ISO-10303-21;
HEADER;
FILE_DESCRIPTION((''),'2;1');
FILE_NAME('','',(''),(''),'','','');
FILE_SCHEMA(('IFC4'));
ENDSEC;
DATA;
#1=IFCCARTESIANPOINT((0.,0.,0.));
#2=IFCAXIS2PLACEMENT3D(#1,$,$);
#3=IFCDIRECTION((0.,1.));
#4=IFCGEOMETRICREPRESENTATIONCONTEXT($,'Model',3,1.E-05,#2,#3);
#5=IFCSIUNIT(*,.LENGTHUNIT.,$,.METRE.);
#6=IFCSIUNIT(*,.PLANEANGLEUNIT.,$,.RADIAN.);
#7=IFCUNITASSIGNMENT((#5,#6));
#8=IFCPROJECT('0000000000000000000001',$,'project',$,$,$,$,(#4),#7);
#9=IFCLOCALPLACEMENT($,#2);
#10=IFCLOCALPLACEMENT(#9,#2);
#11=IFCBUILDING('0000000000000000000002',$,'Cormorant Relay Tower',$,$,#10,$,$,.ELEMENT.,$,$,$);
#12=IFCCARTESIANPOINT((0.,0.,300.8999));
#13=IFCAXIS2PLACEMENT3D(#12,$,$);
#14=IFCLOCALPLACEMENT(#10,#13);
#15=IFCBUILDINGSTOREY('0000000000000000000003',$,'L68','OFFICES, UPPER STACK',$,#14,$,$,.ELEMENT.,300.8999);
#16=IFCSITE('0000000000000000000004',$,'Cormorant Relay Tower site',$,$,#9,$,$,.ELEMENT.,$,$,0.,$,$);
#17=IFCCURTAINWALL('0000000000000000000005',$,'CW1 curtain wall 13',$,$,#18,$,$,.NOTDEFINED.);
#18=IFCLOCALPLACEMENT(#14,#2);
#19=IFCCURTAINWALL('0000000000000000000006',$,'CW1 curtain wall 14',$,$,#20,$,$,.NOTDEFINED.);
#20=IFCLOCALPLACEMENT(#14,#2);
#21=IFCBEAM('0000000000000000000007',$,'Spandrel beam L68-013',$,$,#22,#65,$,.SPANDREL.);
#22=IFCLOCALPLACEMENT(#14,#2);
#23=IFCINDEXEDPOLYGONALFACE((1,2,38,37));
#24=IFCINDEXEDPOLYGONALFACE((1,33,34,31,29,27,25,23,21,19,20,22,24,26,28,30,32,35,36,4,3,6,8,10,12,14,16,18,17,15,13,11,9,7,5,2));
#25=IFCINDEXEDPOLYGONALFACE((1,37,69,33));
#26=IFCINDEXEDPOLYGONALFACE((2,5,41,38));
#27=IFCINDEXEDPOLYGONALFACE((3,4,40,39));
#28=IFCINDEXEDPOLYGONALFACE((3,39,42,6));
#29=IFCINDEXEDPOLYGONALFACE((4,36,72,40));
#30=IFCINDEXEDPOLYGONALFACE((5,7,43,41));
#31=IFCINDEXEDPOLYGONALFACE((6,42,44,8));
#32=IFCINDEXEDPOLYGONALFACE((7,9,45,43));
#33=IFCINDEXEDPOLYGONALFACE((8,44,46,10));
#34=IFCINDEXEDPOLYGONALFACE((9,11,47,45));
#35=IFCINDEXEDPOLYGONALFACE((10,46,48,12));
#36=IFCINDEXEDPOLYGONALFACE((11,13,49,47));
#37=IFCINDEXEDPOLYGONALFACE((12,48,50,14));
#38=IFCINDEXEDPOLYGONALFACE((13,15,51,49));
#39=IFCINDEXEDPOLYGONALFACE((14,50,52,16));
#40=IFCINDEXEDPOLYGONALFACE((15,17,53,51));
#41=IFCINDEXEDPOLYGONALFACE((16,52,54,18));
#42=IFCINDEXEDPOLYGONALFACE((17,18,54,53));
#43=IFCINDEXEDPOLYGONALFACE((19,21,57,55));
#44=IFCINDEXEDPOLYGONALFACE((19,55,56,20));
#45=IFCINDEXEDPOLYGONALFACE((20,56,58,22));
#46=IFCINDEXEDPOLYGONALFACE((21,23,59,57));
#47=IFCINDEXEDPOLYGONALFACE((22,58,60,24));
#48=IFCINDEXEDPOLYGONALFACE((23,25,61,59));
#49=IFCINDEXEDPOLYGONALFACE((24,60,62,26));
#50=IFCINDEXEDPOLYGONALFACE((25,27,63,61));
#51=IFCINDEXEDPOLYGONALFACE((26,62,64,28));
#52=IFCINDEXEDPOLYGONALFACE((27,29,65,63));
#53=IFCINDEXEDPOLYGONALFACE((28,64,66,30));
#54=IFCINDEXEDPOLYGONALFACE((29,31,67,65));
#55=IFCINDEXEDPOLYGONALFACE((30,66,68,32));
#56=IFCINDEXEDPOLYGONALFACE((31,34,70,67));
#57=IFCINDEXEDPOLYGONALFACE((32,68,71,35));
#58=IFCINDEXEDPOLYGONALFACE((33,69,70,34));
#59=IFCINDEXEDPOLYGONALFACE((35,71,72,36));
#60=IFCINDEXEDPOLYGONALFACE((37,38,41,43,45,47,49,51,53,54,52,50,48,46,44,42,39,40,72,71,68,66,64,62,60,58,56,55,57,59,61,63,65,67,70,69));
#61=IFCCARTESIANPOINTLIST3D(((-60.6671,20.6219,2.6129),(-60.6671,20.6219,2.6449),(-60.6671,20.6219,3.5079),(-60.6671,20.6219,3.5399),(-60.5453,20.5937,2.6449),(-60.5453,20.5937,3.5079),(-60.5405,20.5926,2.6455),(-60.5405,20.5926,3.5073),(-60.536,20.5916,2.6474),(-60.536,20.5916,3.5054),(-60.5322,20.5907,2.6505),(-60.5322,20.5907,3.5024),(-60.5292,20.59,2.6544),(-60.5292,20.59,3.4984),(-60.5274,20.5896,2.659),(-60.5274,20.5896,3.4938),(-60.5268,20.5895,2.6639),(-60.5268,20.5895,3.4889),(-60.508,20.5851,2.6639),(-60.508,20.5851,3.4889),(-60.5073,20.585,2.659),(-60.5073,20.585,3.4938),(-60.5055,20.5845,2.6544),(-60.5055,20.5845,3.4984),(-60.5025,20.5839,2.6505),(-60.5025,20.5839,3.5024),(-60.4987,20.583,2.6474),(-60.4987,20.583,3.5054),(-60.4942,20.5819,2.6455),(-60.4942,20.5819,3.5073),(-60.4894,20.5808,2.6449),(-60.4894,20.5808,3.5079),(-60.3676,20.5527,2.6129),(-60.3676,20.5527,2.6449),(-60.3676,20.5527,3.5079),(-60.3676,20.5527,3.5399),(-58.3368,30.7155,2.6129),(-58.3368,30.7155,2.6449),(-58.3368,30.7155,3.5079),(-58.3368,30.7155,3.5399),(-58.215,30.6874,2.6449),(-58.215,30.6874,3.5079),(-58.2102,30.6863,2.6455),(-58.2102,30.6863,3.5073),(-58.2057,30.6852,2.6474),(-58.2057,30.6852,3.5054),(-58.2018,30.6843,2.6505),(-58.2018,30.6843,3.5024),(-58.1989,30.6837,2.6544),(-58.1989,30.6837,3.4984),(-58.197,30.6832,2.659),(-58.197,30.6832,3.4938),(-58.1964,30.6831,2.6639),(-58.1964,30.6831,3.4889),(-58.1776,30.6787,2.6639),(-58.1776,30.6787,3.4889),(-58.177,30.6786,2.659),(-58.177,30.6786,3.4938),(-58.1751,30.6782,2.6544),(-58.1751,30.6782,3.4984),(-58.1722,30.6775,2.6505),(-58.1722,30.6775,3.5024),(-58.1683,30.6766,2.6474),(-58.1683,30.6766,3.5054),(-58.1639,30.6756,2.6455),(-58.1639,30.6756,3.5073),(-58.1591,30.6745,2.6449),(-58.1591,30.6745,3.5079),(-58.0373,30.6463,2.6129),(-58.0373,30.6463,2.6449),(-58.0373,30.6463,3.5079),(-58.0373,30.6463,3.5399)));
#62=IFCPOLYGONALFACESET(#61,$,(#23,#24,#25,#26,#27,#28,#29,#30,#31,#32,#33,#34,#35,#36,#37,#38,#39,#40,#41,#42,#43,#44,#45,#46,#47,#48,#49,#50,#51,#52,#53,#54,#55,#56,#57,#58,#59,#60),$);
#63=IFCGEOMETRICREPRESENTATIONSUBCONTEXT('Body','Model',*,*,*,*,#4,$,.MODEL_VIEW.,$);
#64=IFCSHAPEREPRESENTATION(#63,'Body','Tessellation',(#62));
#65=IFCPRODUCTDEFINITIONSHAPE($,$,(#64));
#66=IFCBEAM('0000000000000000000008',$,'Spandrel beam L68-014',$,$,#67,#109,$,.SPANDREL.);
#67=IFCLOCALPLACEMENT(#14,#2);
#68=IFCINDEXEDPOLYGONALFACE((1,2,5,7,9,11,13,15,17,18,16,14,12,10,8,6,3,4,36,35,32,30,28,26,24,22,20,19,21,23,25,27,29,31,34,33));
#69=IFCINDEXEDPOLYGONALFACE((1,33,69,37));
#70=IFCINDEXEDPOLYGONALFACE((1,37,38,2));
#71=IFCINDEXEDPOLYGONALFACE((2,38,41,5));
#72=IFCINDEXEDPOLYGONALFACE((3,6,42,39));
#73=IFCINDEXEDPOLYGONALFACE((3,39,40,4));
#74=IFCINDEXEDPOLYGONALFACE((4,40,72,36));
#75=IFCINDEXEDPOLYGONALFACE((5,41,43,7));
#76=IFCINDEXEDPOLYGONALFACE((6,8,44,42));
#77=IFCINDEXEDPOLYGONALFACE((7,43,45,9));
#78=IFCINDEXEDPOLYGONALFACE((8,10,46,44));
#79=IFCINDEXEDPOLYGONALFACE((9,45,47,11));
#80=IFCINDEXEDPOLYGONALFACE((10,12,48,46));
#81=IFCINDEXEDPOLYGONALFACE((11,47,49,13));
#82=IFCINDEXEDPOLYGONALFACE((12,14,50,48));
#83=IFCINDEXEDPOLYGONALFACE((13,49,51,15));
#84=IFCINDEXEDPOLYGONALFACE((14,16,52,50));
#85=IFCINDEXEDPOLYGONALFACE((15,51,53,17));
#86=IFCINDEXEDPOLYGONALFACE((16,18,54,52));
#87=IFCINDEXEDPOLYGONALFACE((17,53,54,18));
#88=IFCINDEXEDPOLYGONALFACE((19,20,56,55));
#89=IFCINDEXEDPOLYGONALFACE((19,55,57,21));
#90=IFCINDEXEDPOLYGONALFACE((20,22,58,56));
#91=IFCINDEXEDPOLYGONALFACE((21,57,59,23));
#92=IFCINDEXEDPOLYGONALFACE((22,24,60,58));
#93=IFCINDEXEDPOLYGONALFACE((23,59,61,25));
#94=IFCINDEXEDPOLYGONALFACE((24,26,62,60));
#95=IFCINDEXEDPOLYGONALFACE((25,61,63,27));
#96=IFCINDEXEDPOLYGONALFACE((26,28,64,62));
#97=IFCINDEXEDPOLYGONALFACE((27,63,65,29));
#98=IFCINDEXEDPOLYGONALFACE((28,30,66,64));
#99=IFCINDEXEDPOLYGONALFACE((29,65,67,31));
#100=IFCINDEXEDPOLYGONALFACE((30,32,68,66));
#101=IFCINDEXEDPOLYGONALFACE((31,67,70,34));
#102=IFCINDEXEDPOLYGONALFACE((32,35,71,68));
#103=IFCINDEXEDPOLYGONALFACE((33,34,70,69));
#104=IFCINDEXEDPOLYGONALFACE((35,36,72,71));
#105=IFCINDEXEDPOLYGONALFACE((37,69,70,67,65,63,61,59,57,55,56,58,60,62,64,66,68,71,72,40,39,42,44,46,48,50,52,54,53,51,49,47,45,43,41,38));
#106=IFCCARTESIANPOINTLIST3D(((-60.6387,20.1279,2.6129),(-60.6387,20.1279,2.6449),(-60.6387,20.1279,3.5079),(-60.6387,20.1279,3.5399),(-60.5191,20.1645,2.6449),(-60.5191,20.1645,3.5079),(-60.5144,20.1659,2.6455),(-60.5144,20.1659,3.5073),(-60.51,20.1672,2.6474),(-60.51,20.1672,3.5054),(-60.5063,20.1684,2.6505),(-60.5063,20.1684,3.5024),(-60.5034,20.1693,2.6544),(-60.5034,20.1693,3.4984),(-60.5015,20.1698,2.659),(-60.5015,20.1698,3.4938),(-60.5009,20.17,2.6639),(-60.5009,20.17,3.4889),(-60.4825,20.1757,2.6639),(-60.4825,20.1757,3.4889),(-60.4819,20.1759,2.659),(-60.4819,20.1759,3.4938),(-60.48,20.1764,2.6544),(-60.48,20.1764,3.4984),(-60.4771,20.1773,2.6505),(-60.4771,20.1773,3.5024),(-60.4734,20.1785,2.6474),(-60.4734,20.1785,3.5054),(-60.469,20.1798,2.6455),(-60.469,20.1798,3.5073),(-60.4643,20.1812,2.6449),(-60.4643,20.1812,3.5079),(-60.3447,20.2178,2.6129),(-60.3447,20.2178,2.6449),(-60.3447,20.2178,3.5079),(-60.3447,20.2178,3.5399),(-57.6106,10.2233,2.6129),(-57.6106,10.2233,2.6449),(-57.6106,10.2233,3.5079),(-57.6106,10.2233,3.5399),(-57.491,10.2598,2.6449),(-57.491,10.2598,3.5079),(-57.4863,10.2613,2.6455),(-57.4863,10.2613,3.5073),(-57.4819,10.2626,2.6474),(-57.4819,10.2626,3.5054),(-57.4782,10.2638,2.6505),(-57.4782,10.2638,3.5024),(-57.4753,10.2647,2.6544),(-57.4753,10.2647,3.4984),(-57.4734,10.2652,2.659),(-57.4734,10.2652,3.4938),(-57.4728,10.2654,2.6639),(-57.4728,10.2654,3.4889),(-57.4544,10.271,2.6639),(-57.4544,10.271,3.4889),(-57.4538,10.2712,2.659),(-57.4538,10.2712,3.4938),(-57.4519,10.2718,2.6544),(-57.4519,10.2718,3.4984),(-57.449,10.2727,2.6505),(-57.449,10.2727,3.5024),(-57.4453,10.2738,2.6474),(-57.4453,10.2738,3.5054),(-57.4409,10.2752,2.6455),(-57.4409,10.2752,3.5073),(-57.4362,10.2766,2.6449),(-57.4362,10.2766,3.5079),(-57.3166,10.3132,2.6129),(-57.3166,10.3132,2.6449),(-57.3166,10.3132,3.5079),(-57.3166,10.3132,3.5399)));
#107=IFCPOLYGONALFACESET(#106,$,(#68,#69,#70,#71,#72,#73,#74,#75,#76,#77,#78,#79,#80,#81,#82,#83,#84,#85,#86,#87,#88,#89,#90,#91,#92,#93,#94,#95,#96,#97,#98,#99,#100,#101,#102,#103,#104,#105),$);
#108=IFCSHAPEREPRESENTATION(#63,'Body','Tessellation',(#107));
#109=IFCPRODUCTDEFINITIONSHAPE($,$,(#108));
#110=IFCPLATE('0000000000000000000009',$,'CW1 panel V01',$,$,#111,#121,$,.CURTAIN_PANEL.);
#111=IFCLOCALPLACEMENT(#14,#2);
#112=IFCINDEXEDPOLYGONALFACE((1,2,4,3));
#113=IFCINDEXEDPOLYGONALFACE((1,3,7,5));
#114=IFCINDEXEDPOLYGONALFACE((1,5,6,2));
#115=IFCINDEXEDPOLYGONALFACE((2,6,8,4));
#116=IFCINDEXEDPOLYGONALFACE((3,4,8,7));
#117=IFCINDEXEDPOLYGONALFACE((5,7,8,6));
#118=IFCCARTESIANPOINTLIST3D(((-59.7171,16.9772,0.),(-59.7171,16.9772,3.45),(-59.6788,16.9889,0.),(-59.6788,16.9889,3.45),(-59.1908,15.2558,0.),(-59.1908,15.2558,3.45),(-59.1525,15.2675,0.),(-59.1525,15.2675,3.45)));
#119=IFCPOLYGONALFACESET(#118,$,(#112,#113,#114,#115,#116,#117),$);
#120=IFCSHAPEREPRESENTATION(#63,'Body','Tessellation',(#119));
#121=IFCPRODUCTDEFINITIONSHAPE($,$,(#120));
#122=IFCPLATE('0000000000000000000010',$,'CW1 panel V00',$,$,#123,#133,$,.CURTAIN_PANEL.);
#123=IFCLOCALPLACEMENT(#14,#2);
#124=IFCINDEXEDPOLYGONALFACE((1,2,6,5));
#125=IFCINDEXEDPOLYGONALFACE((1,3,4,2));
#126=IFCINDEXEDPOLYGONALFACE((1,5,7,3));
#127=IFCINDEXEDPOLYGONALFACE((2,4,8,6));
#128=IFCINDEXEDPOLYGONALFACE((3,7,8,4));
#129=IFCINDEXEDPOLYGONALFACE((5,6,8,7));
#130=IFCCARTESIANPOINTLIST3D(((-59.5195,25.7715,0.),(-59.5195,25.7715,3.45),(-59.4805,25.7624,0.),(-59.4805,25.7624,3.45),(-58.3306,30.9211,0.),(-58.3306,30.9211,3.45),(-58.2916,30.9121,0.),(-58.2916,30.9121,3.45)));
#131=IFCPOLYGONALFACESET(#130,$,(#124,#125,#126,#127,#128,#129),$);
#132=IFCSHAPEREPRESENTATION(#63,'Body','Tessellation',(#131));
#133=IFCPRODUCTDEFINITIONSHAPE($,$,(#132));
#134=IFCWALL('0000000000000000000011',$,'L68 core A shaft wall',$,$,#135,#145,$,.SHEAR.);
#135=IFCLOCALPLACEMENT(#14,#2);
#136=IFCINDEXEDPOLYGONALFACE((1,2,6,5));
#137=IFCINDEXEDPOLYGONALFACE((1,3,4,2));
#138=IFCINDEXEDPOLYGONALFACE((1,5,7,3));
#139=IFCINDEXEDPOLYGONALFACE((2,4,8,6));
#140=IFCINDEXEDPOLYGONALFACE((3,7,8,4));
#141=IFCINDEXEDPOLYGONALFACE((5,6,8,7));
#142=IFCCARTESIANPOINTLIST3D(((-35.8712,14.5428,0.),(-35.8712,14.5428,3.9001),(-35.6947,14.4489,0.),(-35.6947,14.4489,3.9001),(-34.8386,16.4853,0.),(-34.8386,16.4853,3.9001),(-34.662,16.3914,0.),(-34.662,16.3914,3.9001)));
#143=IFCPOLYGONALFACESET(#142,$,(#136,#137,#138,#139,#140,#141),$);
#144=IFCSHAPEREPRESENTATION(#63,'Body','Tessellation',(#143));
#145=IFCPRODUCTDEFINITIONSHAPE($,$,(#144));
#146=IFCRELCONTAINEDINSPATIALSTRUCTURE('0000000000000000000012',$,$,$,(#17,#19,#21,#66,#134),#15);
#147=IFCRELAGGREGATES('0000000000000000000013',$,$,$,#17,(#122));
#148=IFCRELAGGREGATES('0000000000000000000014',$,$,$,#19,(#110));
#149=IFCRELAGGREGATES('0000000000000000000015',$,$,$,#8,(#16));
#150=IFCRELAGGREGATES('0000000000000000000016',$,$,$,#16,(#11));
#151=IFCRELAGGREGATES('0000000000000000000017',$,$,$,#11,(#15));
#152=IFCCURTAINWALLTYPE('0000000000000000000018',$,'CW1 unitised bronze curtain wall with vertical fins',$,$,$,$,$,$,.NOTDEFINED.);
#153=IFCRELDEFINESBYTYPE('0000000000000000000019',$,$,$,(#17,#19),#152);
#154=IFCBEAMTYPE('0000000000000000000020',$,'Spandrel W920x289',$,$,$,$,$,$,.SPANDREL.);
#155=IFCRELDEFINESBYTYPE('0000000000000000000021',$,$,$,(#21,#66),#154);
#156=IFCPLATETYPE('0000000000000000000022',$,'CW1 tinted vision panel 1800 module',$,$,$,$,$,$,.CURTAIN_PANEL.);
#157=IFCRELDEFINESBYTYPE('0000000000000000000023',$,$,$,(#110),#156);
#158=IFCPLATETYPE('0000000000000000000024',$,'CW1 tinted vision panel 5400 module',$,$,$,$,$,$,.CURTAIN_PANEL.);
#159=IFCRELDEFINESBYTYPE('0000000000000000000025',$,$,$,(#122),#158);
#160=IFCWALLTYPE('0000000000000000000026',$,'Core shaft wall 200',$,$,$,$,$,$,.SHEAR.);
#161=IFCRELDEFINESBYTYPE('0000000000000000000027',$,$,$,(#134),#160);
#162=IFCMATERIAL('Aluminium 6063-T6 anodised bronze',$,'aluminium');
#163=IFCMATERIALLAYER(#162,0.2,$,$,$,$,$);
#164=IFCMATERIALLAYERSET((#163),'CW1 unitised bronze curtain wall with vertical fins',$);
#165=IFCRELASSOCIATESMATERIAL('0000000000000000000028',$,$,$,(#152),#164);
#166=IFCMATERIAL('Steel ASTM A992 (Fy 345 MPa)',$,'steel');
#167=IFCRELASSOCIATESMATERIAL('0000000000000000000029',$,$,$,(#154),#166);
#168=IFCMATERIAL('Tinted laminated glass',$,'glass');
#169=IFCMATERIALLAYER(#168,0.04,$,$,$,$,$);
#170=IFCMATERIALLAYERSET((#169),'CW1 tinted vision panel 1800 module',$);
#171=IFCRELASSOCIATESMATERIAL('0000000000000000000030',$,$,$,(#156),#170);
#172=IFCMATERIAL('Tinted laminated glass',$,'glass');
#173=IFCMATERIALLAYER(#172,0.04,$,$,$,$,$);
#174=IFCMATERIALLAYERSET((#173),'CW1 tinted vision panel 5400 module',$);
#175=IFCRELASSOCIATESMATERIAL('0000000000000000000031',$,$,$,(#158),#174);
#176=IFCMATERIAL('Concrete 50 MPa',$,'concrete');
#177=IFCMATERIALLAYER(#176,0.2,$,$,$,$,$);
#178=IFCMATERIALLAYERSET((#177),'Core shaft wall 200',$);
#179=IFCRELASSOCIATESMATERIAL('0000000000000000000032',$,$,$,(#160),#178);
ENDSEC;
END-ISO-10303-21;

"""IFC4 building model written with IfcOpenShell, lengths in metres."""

from ifc_helpers import new_model, si_unit, direction, frame, frame_2d, origin, origin_2d, place, context, subcontext, project, spatial, rectangle, i_section, extrude, material, layer, layer_set, material_profile, profile_set, type_object, element, aggregate, save


model = new_model("IFC4")

# Units and contexts
model_context = context("Model", 3, precision=1e-05, world=origin(), true_north=direction((0.0, 1.0)))
body_context = subcontext(model_context, "Body", "Model", "MODEL_VIEW")
ifc_project = project(units=[si_unit("LENGTHUNIT", "METRE"), si_unit("PLANEANGLEUNIT", "RADIAN")], contexts=[model_context])

# Site, building, storey
site_placement = place(None, origin())
site = spatial("IfcSite", under=ifc_project, at=site_placement, Name="Cormorant Relay Tower site", CompositionType="ELEMENT", RefElevation=0.0)
building_placement = place(site_placement, origin())
building = spatial("IfcBuilding", under=site, at=building_placement, Name="Cormorant Relay Tower", CompositionType="ELEMENT")
storey_placement = place(building_placement, frame((0.0, 0.0, 300.8999)))
storey = spatial("IfcBuildingStorey", under=building, at=storey_placement, Name="L68", Description="OFFICES, UPPER STACK", CompositionType="ELEMENT", Elevation=300.8999)

# Curtain walls
ifc_material_1 = material(Name="Aluminium 6063-T6 anodised bronze", Category="aluminium")
ifc_layer_1 = layer(ifc_material_1, 0.2)
ifc_layer_set_1 = layer_set([ifc_layer_1], Name="CW1 unitised bronze curtain wall with vertical fins")
curtain_wall_type = type_object("IfcCurtainWallType", Name="CW1 unitised bronze curtain wall with vertical fins", PredefinedType="NOTDEFINED", material=ifc_layer_set_1)
curtain_wall_1_placement = place(storey_placement, origin())
curtain_wall_1 = element("IfcCurtainWall", 1, at=curtain_wall_1_placement, inside=storey, type_object=curtain_wall_type, Name="CW1 curtain wall 13", PredefinedType="NOTDEFINED")
curtain_wall_2_placement = place(storey_placement, origin())
curtain_wall_2 = element("IfcCurtainWall", 2, at=curtain_wall_2_placement, inside=storey, type_object=curtain_wall_type, Name="CW1 curtain wall 14", PredefinedType="NOTDEFINED")

# Beams
ifc_material_2 = material(Name="Steel ASTM A992 (Fy 345 MPa)", Category="steel")
ifc_material_profile_1 = material_profile(ifc_material_2, i_section(OverallWidth=0.3074, OverallDepth=0.927, WebThickness=0.0193, FlangeThickness=0.032, FilletRadius=0.019, at=origin_2d()), Name="W920x289")
ifc_profile_set_1 = profile_set([ifc_material_profile_1], Name="Steel ASTM A992 (Fy 345 MPa)")
beam_type = type_object("IfcBeamType", Name="Spandrel W920x289", PredefinedType="SPANDREL", material=ifc_profile_set_1)
beam_1_placement = place(storey_placement, frame((-58.187, 30.6809, 3.0764), z_axis=(-0.224956, -0.974369, 0.0), x_axis=(0.974369, -0.224956, 0.0)))
element("IfcBeam", 3, at=beam_1_placement, inside=storey, type_object=beam_type, Name="Spandrel beam L68-013", PredefinedType="SPANDREL", context=body_context, shape_type="SweptSolid", body=[
    extrude(i_section(OverallWidth=0.3074, OverallDepth=0.927, WebThickness=0.0193, FlangeThickness=0.032, FilletRadius=0.019, at=origin_2d()), origin(), (0.0, 0.0, 1.0), 10.3591),
])
beam_2_placement = place(storey_placement, frame((-60.4917, 20.1729, 3.0764), z_axis=(0.292368, -0.956306, 0.0), x_axis=(0.956306, 0.292368, 0.0)))
element("IfcBeam", 4, at=beam_2_placement, inside=storey, type_object=beam_type, Name="Spandrel beam L68-014", PredefinedType="SPANDREL", context=body_context, shape_type="SweptSolid", body=[
    extrude(i_section(OverallWidth=0.3074, OverallDepth=0.927, WebThickness=0.0193, FlangeThickness=0.032, FilletRadius=0.019, at=origin_2d()), origin(), (0.0, 0.0, 1.0), 10.3572),
])

# Plates
ifc_material_3 = material(Name="Tinted laminated glass", Category="glass")
ifc_layer_2 = layer(ifc_material_3, 0.04)
ifc_layer_set_2 = layer_set([ifc_layer_2], Name="CW1 tinted vision panel 1800 module")
plate_type_1 = type_object("IfcPlateType", Name="CW1 tinted vision panel 1800 module", PredefinedType="CURTAIN_PANEL", material=ifc_layer_set_2)
plate_1_placement = place(storey_placement, frame((-59.4348, 16.1223, 0.0), z_axis=(0.0, 0.0, 1.0), x_axis=(0.292372, -0.956305, 0.0)))
plate_1 = element("IfcPlate", 5, at=plate_1_placement, type_object=plate_type_1, Name="CW1 panel V01", PredefinedType="CURTAIN_PANEL", context=body_context, shape_type="SweptSolid", body=[
    extrude(rectangle(XDim=1.8, YDim=0.04, at=origin_2d()), origin(), (0.0, 0.0, 1.0), 3.45),
])
ifc_material_4 = material(Name="Tinted laminated glass", Category="glass")
ifc_layer_3 = layer(ifc_material_4, 0.04)
ifc_layer_set_3 = layer_set([ifc_layer_3], Name="CW1 tinted vision panel 5400 module")
plate_type_2 = type_object("IfcPlateType", Name="CW1 tinted vision panel 5400 module", PredefinedType="CURTAIN_PANEL", material=ifc_layer_set_3)
plate_2_placement = place(storey_placement, frame((-58.9055, 28.3418, 0.0), z_axis=(0.0, 0.0, 1.0), x_axis=(-0.224951, -0.97437, 0.0)))
plate_2 = element("IfcPlate", 6, at=plate_2_placement, type_object=plate_type_2, Name="CW1 panel V00", PredefinedType="CURTAIN_PANEL", context=body_context, shape_type="SweptSolid", body=[
    extrude(rectangle(XDim=5.2852, YDim=0.04, at=origin_2d()), origin(), (0.0, 0.0, 1.0), 3.45),
])

# Wall
ifc_material_5 = material(Name="Concrete 50 MPa", Category="concrete")
ifc_layer_4 = layer(ifc_material_5, 0.2)
ifc_layer_set_4 = layer_set([ifc_layer_4], Name="Core shaft wall 200")
wall_type_1 = type_object("IfcWallType", Name="Core shaft wall 200", PredefinedType="SHEAR", material=ifc_layer_set_4)
wall_1_placement = place(storey_placement, frame((-34.7502, 16.4385, 0.0), z_axis=(0.0, 0.0, 1.0), x_axis=(-0.469401, -0.882985, 0.0)))
element("IfcWall", 7, at=wall_1_placement, inside=storey, type_object=wall_type_1, Name="L68 core A shaft wall", PredefinedType="SHEAR", context=body_context, shape_type="SweptSolid", body=[
    extrude(rectangle(XDim=2.2, YDim=0.2, at=frame_2d((1.1001, 0.0))), origin(), (0.0, 0.0, 1.0), 3.9001),
])

aggregate(curtain_wall_1, [plate_2])
aggregate(curtain_wall_2, [plate_1])

save(model, "model.ifc")
